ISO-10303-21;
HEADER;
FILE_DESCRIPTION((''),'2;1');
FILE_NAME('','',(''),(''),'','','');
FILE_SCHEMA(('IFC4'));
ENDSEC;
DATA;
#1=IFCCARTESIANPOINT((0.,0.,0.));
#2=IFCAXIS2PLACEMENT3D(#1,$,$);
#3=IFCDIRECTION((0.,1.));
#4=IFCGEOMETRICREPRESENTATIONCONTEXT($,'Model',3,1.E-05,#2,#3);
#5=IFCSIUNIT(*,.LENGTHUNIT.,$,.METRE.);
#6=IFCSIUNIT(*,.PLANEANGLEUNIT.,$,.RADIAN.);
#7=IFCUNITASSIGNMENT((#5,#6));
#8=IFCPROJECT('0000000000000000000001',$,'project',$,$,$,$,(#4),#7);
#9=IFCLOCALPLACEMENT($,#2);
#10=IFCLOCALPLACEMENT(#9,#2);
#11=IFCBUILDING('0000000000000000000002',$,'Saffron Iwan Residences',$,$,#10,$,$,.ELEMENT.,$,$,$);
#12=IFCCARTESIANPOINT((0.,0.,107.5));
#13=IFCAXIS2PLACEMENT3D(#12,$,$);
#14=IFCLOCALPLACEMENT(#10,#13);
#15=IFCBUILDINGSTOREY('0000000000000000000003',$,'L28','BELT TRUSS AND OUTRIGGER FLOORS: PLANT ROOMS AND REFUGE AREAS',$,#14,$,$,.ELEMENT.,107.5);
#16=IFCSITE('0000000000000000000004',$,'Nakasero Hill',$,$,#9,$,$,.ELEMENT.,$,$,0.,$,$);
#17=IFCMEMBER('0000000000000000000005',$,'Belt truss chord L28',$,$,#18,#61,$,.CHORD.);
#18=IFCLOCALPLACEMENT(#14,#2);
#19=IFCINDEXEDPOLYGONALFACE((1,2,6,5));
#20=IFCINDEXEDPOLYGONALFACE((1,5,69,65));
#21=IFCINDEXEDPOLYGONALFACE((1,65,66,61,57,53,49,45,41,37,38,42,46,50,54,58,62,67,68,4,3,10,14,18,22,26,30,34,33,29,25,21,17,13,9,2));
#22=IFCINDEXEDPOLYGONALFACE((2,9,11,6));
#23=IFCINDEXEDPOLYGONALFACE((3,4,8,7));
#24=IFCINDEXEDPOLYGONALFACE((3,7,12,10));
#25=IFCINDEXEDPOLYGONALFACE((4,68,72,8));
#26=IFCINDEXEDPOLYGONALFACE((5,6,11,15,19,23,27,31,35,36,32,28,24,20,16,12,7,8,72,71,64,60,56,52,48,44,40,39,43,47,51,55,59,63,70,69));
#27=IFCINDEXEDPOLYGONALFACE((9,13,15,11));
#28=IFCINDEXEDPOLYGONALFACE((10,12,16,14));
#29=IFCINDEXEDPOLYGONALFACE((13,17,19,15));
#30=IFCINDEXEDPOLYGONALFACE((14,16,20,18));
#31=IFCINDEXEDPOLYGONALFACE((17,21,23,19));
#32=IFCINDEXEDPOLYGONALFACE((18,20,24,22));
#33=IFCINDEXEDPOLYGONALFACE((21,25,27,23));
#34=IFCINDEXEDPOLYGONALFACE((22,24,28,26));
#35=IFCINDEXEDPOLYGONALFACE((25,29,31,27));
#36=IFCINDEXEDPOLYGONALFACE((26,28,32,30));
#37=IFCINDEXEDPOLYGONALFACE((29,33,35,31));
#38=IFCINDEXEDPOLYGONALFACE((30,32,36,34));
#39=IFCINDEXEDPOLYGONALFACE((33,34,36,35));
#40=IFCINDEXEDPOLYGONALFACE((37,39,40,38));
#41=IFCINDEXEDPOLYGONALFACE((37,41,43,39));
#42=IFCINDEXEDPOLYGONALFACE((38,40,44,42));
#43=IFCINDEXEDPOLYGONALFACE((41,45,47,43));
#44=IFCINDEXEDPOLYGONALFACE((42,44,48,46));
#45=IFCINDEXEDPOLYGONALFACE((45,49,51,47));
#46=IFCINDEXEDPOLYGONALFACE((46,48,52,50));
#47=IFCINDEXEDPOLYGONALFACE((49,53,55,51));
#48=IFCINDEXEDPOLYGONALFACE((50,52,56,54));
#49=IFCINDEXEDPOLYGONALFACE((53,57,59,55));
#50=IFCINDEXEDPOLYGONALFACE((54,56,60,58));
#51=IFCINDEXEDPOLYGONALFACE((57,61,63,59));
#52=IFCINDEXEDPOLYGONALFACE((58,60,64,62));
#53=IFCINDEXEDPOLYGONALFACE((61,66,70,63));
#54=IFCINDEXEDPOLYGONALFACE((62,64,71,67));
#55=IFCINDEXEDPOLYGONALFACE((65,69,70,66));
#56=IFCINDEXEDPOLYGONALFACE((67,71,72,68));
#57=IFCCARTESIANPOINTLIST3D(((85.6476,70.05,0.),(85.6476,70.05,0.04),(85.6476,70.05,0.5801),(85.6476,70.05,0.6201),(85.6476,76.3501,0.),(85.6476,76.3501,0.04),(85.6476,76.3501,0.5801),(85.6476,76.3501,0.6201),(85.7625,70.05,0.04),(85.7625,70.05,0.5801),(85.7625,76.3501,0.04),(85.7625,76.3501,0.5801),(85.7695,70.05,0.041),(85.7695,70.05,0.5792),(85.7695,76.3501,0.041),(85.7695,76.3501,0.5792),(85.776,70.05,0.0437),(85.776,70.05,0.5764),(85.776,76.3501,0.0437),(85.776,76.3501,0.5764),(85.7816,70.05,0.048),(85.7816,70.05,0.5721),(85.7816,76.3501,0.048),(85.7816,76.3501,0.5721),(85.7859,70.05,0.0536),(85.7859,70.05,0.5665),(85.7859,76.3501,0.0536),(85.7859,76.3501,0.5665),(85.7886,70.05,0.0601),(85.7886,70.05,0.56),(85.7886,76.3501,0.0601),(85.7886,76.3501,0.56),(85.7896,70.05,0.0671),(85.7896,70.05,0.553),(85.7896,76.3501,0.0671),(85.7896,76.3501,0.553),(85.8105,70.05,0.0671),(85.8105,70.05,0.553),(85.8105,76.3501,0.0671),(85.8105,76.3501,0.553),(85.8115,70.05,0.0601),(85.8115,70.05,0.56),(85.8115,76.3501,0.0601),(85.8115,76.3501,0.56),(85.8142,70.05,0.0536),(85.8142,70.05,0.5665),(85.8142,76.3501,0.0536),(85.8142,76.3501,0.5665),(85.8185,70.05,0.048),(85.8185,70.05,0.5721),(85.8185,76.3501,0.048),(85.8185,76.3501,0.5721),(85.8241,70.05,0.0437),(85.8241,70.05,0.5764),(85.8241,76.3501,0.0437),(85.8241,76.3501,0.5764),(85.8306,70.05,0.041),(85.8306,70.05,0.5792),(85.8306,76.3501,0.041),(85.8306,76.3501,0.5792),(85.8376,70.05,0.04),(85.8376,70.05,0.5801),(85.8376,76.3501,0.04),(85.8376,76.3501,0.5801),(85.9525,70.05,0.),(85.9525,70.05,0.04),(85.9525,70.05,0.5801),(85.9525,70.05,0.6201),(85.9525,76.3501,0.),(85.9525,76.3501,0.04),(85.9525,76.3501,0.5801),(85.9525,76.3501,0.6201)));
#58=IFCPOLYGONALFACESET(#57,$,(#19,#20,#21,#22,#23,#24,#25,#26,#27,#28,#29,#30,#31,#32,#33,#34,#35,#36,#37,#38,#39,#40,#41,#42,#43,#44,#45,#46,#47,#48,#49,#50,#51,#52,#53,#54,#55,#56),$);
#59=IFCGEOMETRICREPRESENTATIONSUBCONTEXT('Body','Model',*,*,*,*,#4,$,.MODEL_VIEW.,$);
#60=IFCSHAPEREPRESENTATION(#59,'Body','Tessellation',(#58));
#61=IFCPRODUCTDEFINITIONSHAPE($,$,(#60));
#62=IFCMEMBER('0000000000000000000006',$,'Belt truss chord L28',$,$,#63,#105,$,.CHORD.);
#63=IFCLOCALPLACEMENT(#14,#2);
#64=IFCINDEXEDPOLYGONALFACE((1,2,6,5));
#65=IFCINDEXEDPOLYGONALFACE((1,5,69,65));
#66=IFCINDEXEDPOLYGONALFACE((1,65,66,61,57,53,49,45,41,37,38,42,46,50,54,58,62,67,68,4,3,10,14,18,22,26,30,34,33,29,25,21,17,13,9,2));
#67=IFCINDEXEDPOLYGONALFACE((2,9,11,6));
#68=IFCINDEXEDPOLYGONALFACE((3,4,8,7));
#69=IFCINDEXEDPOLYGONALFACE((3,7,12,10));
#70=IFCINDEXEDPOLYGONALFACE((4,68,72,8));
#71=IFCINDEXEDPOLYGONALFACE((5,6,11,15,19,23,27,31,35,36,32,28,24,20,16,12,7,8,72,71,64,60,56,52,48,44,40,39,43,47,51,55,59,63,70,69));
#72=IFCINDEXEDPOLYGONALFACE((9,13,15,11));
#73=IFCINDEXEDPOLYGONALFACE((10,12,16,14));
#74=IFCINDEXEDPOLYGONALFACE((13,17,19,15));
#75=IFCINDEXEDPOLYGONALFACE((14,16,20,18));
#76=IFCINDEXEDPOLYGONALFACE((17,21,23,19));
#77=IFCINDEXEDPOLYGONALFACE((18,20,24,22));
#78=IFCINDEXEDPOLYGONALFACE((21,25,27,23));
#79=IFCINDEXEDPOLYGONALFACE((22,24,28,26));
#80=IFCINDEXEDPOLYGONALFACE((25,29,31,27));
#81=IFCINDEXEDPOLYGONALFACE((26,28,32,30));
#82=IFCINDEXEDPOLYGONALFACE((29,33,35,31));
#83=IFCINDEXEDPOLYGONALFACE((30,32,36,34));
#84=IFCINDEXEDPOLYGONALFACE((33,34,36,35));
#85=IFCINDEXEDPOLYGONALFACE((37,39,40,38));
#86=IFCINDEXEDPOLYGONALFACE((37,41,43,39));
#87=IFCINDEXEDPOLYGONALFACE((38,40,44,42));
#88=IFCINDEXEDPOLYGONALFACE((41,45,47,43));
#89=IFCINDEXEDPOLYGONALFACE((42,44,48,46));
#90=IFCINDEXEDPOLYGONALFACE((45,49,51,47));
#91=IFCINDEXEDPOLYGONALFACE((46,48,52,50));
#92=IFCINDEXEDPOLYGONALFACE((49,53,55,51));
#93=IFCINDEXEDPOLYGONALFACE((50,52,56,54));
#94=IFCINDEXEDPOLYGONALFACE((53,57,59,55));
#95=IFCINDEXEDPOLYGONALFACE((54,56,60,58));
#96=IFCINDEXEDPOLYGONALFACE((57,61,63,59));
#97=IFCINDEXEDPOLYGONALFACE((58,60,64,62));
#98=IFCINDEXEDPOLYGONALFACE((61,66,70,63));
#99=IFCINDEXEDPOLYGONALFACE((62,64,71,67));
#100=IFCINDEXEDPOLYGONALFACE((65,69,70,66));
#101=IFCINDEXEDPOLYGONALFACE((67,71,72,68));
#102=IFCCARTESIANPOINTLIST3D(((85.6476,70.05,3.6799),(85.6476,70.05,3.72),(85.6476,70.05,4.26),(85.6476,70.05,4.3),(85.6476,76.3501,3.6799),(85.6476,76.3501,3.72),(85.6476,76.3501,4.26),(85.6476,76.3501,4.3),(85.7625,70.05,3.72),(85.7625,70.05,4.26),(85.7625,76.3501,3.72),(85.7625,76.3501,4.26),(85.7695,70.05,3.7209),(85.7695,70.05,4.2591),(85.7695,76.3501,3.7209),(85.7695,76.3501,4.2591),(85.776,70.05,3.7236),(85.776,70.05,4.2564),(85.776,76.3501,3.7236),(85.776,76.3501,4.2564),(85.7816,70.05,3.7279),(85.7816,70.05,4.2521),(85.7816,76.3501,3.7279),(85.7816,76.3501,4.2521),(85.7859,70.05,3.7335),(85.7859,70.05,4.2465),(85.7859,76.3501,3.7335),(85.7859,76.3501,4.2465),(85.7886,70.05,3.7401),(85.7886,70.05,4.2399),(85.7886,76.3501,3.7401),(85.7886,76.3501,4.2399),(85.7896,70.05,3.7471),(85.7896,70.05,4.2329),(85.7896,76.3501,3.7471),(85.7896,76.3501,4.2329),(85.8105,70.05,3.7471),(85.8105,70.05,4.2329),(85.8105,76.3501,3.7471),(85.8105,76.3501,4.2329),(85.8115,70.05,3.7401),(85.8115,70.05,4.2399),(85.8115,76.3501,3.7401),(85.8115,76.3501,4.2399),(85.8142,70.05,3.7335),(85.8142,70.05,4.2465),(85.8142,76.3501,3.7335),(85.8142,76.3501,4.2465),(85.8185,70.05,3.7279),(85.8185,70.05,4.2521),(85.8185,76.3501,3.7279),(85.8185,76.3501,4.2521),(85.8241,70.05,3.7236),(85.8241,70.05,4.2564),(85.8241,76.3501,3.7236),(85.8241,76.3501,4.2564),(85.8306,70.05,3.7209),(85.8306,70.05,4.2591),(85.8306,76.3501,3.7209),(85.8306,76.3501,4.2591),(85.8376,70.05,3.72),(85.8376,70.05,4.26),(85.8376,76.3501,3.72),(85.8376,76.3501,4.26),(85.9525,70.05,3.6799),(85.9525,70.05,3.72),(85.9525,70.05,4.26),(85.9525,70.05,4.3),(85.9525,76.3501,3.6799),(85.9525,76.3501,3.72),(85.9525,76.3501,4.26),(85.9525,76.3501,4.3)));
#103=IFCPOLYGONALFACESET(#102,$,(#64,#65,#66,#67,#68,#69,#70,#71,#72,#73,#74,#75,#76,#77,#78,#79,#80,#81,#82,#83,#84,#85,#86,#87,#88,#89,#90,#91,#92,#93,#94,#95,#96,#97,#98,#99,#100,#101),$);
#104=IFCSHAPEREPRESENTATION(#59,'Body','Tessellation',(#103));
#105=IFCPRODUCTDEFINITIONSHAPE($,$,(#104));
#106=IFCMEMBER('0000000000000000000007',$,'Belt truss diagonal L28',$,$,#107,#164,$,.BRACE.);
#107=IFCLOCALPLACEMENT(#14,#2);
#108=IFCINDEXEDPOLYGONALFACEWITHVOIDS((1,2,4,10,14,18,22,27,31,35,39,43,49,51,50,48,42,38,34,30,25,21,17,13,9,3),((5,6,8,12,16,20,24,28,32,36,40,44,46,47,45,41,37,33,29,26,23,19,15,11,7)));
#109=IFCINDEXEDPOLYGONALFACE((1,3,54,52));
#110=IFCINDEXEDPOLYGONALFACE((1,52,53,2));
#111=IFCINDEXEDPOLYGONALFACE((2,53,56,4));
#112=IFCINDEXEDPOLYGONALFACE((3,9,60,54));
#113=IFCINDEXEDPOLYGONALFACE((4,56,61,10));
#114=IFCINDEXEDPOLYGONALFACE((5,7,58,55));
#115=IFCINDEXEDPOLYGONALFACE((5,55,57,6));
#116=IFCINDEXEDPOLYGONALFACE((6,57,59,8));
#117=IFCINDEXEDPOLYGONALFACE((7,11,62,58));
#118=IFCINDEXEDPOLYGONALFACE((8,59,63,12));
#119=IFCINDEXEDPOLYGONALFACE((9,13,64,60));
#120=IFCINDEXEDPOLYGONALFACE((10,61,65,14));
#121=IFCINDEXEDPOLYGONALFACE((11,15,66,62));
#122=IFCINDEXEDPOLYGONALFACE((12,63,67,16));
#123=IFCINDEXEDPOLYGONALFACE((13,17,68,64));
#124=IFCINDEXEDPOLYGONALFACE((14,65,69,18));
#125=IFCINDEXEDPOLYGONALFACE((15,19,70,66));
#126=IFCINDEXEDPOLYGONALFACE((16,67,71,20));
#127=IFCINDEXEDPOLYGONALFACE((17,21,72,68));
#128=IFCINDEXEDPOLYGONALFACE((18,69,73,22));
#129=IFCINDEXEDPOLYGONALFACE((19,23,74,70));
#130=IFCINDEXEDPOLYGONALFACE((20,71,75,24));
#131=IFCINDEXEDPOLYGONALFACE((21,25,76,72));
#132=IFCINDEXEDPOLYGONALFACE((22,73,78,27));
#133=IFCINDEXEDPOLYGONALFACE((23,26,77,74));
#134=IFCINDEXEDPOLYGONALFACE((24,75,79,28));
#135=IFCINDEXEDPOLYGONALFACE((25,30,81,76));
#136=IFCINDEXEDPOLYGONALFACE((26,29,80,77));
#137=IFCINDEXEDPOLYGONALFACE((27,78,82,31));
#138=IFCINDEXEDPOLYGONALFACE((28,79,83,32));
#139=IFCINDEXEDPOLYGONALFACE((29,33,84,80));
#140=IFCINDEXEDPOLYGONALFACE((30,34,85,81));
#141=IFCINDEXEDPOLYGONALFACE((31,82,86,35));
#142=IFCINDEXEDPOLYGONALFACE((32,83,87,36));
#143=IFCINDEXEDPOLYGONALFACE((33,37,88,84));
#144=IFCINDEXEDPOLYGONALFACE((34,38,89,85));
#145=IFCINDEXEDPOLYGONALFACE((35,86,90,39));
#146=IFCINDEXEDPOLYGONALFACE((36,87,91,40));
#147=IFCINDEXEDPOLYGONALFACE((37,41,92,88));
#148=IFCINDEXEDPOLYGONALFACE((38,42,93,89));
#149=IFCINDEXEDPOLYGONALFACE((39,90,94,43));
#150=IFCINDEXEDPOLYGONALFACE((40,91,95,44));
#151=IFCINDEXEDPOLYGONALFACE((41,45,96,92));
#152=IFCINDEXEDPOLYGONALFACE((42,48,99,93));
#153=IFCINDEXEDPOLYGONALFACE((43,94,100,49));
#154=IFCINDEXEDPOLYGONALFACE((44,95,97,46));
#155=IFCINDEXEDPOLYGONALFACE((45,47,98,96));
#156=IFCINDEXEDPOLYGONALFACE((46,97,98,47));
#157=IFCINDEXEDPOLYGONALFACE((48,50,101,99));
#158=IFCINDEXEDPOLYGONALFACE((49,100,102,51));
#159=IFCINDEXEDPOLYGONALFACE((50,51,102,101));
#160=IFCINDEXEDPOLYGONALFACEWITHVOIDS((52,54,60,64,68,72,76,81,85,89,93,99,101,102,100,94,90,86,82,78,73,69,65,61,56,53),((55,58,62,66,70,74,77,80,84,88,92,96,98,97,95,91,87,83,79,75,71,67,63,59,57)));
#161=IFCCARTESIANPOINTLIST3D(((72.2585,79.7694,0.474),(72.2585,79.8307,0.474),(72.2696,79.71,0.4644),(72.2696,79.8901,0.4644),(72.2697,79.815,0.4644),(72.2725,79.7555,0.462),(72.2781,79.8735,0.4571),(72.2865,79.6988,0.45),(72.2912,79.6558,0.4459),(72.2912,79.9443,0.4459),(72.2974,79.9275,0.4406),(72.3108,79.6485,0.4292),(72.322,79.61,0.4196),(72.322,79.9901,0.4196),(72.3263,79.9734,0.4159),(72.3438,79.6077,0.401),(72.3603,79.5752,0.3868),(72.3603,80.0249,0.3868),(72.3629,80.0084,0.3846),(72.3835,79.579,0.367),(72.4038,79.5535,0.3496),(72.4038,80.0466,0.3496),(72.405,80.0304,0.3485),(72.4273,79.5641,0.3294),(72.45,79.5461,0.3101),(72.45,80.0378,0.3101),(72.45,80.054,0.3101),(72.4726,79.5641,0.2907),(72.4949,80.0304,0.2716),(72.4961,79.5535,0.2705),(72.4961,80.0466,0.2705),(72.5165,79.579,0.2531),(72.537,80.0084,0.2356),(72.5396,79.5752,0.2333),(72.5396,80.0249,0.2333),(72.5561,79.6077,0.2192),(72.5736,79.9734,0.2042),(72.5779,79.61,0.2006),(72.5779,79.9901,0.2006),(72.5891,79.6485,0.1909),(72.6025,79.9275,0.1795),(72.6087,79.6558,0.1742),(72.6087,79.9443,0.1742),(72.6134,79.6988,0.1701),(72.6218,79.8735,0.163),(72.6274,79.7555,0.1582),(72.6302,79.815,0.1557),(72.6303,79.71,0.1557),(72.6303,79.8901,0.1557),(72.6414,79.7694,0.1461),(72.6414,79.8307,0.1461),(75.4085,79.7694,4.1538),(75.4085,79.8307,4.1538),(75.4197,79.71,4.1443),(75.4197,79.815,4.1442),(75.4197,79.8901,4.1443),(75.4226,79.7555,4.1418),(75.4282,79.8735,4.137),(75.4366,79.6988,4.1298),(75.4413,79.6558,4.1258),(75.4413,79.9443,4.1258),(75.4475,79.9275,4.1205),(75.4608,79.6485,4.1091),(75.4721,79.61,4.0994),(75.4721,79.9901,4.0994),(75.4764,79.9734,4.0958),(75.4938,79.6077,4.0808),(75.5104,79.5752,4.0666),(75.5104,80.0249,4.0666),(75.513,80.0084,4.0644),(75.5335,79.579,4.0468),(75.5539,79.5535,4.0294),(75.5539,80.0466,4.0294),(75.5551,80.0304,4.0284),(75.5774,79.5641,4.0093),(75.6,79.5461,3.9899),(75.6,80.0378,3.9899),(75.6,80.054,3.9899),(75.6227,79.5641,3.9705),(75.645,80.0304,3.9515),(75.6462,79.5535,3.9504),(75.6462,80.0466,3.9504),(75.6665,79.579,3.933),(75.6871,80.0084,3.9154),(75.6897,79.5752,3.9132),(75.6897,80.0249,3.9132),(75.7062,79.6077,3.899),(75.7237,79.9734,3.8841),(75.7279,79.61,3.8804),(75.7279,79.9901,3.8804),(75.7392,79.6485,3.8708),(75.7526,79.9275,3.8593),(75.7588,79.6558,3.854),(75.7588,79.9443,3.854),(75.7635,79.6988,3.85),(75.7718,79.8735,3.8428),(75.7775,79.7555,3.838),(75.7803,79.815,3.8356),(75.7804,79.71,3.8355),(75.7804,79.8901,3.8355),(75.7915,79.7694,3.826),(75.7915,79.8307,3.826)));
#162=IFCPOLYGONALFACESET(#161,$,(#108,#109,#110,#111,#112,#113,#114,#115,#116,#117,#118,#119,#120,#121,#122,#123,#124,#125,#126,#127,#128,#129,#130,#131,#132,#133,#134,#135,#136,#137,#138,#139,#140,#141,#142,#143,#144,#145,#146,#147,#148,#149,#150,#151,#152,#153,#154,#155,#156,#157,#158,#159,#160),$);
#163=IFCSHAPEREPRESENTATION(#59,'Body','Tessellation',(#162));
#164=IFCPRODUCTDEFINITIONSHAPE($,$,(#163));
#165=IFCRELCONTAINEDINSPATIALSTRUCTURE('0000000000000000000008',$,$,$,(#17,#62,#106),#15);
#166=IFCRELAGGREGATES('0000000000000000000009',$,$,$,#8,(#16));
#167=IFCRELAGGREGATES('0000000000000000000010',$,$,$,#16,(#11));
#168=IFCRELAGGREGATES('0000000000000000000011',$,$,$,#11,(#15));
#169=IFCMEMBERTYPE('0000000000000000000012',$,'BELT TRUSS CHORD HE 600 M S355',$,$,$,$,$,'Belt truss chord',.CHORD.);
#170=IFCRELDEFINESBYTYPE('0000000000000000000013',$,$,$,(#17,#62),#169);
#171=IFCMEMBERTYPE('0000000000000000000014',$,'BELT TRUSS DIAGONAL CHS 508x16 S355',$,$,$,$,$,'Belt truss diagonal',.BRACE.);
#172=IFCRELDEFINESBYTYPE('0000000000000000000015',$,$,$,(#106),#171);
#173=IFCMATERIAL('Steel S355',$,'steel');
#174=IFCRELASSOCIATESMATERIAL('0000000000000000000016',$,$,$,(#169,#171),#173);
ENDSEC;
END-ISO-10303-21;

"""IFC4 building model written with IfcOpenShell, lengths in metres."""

from ifc_helpers import new_model, si_unit, direction, frame, origin, origin_2d, place, context, subcontext, project, spatial, hollow_circle, i_section, extrude, source, transform, mapped, material, material_profile, profile_set, type_object, element, save


model = new_model("IFC4")

# Units and contexts
model_context = context("Model", 3, precision=1e-05, world=origin(), true_north=direction((0.0, 1.0)))
body_context = subcontext(model_context, "Body", "Model", "MODEL_VIEW")
ifc_project = project(units=[si_unit("LENGTHUNIT", "METRE"), si_unit("PLANEANGLEUNIT", "RADIAN")], contexts=[model_context])

# Site, building, storey
site_placement = place(None, origin())
site = spatial("IfcSite", under=ifc_project, at=site_placement, Name="Nakasero Hill", CompositionType="ELEMENT", RefElevation=0.0)
building_placement = place(site_placement, origin())
building = spatial("IfcBuilding", under=site, at=building_placement, Name="Saffron Iwan Residences", CompositionType="ELEMENT")
storey_placement = place(building_placement, frame((0.0, 0.0, 107.5)))
storey = spatial("IfcBuildingStorey", under=building, at=storey_placement, Name="L28", Description="BELT TRUSS AND OUTRIGGER FLOORS: PLANT ROOMS AND REFUGE AREAS", CompositionType="ELEMENT", Elevation=107.5)

# Members
ifc_material_1 = material(Name="Steel S355", Category="steel")
ifc_material_profile_1 = material_profile(ifc_material_1, i_section(OverallWidth=0.3049, OverallDepth=0.6201, WebThickness=0.021, FlangeThickness=0.04, FilletRadius=0.0271, at=origin_2d()), Name="HE 600 M")
ifc_profile_set_1 = profile_set([ifc_material_profile_1], Name="Steel S355")
member_type_1 = type_object("IfcMemberType", Name="BELT TRUSS CHORD HE 600 M S355", ElementType="Belt truss chord", PredefinedType="CHORD", material=ifc_profile_set_1)
shared_shape_1 = source(origin(), body_context, "Body", "SweptSolid", [
    extrude(i_section(OverallWidth=0.3049, OverallDepth=0.6201, WebThickness=0.021, FlangeThickness=0.04, FilletRadius=0.0271, at=origin_2d()), origin(), (0.0, 0.0, 1.0), 6.3),
])
for number, where, z_axis, x_axis, name in (
    (1, (85.8, 76.3501, 0.3101), (0.0, -1.0, 0.0), (1.0, 0.0, 0.0), "Belt truss chord L28"),
    (2, (85.8, 76.3501, 3.99), (0.0, -1.0, 0.0), (1.0, 0.0, 0.0), "Belt truss chord L28"),
):
    element("IfcMember", number, at=place(storey_placement, frame(where, z_axis=z_axis, x_axis=x_axis)), inside=storey, type_object=member_type_1, Name=name, PredefinedType="CHORD", context=body_context, shape_type="MappedRepresentation", body=[
        mapped(shared_shape_1, transform((0.0, 0.0, 0.0))),
    ])
ifc_material_profile_2 = material_profile(ifc_material_1, hollow_circle(Radius=0.2539, WallThickness=0.0161, at=origin_2d()), Name="CHS 508x16")
ifc_profile_set_2 = profile_set([ifc_material_profile_2], Name="Steel S355")
member_type_2 = type_object("IfcMemberType", Name="BELT TRUSS DIAGONAL CHS 508x16 S355", ElementType="Belt truss diagonal", PredefinedType="BRACE", material=ifc_profile_set_2)
shared_shape_2 = source(origin(), body_context, "Body", "SweptSolid", [
    extrude(hollow_circle(Radius=0.2539, WallThickness=0.0161, at=origin_2d()), origin(), (0.0, 0.0, 1.0), 4.844),
])
for number, where, z_axis, x_axis, name in (
    (3, (72.45, 79.8, 0.3101), (0.650306, 0.0, 0.759673), (0.0, 1.0, 0.0), "Belt truss diagonal L28"),
):
    element("IfcMember", number, at=place(storey_placement, frame(where, z_axis=z_axis, x_axis=x_axis)), inside=storey, type_object=member_type_2, Name=name, PredefinedType="BRACE", context=body_context, shape_type="MappedRepresentation", body=[
        mapped(shared_shape_2, transform((0.0, 0.0, 0.0))),
    ])

save(model, "model.ifc")
